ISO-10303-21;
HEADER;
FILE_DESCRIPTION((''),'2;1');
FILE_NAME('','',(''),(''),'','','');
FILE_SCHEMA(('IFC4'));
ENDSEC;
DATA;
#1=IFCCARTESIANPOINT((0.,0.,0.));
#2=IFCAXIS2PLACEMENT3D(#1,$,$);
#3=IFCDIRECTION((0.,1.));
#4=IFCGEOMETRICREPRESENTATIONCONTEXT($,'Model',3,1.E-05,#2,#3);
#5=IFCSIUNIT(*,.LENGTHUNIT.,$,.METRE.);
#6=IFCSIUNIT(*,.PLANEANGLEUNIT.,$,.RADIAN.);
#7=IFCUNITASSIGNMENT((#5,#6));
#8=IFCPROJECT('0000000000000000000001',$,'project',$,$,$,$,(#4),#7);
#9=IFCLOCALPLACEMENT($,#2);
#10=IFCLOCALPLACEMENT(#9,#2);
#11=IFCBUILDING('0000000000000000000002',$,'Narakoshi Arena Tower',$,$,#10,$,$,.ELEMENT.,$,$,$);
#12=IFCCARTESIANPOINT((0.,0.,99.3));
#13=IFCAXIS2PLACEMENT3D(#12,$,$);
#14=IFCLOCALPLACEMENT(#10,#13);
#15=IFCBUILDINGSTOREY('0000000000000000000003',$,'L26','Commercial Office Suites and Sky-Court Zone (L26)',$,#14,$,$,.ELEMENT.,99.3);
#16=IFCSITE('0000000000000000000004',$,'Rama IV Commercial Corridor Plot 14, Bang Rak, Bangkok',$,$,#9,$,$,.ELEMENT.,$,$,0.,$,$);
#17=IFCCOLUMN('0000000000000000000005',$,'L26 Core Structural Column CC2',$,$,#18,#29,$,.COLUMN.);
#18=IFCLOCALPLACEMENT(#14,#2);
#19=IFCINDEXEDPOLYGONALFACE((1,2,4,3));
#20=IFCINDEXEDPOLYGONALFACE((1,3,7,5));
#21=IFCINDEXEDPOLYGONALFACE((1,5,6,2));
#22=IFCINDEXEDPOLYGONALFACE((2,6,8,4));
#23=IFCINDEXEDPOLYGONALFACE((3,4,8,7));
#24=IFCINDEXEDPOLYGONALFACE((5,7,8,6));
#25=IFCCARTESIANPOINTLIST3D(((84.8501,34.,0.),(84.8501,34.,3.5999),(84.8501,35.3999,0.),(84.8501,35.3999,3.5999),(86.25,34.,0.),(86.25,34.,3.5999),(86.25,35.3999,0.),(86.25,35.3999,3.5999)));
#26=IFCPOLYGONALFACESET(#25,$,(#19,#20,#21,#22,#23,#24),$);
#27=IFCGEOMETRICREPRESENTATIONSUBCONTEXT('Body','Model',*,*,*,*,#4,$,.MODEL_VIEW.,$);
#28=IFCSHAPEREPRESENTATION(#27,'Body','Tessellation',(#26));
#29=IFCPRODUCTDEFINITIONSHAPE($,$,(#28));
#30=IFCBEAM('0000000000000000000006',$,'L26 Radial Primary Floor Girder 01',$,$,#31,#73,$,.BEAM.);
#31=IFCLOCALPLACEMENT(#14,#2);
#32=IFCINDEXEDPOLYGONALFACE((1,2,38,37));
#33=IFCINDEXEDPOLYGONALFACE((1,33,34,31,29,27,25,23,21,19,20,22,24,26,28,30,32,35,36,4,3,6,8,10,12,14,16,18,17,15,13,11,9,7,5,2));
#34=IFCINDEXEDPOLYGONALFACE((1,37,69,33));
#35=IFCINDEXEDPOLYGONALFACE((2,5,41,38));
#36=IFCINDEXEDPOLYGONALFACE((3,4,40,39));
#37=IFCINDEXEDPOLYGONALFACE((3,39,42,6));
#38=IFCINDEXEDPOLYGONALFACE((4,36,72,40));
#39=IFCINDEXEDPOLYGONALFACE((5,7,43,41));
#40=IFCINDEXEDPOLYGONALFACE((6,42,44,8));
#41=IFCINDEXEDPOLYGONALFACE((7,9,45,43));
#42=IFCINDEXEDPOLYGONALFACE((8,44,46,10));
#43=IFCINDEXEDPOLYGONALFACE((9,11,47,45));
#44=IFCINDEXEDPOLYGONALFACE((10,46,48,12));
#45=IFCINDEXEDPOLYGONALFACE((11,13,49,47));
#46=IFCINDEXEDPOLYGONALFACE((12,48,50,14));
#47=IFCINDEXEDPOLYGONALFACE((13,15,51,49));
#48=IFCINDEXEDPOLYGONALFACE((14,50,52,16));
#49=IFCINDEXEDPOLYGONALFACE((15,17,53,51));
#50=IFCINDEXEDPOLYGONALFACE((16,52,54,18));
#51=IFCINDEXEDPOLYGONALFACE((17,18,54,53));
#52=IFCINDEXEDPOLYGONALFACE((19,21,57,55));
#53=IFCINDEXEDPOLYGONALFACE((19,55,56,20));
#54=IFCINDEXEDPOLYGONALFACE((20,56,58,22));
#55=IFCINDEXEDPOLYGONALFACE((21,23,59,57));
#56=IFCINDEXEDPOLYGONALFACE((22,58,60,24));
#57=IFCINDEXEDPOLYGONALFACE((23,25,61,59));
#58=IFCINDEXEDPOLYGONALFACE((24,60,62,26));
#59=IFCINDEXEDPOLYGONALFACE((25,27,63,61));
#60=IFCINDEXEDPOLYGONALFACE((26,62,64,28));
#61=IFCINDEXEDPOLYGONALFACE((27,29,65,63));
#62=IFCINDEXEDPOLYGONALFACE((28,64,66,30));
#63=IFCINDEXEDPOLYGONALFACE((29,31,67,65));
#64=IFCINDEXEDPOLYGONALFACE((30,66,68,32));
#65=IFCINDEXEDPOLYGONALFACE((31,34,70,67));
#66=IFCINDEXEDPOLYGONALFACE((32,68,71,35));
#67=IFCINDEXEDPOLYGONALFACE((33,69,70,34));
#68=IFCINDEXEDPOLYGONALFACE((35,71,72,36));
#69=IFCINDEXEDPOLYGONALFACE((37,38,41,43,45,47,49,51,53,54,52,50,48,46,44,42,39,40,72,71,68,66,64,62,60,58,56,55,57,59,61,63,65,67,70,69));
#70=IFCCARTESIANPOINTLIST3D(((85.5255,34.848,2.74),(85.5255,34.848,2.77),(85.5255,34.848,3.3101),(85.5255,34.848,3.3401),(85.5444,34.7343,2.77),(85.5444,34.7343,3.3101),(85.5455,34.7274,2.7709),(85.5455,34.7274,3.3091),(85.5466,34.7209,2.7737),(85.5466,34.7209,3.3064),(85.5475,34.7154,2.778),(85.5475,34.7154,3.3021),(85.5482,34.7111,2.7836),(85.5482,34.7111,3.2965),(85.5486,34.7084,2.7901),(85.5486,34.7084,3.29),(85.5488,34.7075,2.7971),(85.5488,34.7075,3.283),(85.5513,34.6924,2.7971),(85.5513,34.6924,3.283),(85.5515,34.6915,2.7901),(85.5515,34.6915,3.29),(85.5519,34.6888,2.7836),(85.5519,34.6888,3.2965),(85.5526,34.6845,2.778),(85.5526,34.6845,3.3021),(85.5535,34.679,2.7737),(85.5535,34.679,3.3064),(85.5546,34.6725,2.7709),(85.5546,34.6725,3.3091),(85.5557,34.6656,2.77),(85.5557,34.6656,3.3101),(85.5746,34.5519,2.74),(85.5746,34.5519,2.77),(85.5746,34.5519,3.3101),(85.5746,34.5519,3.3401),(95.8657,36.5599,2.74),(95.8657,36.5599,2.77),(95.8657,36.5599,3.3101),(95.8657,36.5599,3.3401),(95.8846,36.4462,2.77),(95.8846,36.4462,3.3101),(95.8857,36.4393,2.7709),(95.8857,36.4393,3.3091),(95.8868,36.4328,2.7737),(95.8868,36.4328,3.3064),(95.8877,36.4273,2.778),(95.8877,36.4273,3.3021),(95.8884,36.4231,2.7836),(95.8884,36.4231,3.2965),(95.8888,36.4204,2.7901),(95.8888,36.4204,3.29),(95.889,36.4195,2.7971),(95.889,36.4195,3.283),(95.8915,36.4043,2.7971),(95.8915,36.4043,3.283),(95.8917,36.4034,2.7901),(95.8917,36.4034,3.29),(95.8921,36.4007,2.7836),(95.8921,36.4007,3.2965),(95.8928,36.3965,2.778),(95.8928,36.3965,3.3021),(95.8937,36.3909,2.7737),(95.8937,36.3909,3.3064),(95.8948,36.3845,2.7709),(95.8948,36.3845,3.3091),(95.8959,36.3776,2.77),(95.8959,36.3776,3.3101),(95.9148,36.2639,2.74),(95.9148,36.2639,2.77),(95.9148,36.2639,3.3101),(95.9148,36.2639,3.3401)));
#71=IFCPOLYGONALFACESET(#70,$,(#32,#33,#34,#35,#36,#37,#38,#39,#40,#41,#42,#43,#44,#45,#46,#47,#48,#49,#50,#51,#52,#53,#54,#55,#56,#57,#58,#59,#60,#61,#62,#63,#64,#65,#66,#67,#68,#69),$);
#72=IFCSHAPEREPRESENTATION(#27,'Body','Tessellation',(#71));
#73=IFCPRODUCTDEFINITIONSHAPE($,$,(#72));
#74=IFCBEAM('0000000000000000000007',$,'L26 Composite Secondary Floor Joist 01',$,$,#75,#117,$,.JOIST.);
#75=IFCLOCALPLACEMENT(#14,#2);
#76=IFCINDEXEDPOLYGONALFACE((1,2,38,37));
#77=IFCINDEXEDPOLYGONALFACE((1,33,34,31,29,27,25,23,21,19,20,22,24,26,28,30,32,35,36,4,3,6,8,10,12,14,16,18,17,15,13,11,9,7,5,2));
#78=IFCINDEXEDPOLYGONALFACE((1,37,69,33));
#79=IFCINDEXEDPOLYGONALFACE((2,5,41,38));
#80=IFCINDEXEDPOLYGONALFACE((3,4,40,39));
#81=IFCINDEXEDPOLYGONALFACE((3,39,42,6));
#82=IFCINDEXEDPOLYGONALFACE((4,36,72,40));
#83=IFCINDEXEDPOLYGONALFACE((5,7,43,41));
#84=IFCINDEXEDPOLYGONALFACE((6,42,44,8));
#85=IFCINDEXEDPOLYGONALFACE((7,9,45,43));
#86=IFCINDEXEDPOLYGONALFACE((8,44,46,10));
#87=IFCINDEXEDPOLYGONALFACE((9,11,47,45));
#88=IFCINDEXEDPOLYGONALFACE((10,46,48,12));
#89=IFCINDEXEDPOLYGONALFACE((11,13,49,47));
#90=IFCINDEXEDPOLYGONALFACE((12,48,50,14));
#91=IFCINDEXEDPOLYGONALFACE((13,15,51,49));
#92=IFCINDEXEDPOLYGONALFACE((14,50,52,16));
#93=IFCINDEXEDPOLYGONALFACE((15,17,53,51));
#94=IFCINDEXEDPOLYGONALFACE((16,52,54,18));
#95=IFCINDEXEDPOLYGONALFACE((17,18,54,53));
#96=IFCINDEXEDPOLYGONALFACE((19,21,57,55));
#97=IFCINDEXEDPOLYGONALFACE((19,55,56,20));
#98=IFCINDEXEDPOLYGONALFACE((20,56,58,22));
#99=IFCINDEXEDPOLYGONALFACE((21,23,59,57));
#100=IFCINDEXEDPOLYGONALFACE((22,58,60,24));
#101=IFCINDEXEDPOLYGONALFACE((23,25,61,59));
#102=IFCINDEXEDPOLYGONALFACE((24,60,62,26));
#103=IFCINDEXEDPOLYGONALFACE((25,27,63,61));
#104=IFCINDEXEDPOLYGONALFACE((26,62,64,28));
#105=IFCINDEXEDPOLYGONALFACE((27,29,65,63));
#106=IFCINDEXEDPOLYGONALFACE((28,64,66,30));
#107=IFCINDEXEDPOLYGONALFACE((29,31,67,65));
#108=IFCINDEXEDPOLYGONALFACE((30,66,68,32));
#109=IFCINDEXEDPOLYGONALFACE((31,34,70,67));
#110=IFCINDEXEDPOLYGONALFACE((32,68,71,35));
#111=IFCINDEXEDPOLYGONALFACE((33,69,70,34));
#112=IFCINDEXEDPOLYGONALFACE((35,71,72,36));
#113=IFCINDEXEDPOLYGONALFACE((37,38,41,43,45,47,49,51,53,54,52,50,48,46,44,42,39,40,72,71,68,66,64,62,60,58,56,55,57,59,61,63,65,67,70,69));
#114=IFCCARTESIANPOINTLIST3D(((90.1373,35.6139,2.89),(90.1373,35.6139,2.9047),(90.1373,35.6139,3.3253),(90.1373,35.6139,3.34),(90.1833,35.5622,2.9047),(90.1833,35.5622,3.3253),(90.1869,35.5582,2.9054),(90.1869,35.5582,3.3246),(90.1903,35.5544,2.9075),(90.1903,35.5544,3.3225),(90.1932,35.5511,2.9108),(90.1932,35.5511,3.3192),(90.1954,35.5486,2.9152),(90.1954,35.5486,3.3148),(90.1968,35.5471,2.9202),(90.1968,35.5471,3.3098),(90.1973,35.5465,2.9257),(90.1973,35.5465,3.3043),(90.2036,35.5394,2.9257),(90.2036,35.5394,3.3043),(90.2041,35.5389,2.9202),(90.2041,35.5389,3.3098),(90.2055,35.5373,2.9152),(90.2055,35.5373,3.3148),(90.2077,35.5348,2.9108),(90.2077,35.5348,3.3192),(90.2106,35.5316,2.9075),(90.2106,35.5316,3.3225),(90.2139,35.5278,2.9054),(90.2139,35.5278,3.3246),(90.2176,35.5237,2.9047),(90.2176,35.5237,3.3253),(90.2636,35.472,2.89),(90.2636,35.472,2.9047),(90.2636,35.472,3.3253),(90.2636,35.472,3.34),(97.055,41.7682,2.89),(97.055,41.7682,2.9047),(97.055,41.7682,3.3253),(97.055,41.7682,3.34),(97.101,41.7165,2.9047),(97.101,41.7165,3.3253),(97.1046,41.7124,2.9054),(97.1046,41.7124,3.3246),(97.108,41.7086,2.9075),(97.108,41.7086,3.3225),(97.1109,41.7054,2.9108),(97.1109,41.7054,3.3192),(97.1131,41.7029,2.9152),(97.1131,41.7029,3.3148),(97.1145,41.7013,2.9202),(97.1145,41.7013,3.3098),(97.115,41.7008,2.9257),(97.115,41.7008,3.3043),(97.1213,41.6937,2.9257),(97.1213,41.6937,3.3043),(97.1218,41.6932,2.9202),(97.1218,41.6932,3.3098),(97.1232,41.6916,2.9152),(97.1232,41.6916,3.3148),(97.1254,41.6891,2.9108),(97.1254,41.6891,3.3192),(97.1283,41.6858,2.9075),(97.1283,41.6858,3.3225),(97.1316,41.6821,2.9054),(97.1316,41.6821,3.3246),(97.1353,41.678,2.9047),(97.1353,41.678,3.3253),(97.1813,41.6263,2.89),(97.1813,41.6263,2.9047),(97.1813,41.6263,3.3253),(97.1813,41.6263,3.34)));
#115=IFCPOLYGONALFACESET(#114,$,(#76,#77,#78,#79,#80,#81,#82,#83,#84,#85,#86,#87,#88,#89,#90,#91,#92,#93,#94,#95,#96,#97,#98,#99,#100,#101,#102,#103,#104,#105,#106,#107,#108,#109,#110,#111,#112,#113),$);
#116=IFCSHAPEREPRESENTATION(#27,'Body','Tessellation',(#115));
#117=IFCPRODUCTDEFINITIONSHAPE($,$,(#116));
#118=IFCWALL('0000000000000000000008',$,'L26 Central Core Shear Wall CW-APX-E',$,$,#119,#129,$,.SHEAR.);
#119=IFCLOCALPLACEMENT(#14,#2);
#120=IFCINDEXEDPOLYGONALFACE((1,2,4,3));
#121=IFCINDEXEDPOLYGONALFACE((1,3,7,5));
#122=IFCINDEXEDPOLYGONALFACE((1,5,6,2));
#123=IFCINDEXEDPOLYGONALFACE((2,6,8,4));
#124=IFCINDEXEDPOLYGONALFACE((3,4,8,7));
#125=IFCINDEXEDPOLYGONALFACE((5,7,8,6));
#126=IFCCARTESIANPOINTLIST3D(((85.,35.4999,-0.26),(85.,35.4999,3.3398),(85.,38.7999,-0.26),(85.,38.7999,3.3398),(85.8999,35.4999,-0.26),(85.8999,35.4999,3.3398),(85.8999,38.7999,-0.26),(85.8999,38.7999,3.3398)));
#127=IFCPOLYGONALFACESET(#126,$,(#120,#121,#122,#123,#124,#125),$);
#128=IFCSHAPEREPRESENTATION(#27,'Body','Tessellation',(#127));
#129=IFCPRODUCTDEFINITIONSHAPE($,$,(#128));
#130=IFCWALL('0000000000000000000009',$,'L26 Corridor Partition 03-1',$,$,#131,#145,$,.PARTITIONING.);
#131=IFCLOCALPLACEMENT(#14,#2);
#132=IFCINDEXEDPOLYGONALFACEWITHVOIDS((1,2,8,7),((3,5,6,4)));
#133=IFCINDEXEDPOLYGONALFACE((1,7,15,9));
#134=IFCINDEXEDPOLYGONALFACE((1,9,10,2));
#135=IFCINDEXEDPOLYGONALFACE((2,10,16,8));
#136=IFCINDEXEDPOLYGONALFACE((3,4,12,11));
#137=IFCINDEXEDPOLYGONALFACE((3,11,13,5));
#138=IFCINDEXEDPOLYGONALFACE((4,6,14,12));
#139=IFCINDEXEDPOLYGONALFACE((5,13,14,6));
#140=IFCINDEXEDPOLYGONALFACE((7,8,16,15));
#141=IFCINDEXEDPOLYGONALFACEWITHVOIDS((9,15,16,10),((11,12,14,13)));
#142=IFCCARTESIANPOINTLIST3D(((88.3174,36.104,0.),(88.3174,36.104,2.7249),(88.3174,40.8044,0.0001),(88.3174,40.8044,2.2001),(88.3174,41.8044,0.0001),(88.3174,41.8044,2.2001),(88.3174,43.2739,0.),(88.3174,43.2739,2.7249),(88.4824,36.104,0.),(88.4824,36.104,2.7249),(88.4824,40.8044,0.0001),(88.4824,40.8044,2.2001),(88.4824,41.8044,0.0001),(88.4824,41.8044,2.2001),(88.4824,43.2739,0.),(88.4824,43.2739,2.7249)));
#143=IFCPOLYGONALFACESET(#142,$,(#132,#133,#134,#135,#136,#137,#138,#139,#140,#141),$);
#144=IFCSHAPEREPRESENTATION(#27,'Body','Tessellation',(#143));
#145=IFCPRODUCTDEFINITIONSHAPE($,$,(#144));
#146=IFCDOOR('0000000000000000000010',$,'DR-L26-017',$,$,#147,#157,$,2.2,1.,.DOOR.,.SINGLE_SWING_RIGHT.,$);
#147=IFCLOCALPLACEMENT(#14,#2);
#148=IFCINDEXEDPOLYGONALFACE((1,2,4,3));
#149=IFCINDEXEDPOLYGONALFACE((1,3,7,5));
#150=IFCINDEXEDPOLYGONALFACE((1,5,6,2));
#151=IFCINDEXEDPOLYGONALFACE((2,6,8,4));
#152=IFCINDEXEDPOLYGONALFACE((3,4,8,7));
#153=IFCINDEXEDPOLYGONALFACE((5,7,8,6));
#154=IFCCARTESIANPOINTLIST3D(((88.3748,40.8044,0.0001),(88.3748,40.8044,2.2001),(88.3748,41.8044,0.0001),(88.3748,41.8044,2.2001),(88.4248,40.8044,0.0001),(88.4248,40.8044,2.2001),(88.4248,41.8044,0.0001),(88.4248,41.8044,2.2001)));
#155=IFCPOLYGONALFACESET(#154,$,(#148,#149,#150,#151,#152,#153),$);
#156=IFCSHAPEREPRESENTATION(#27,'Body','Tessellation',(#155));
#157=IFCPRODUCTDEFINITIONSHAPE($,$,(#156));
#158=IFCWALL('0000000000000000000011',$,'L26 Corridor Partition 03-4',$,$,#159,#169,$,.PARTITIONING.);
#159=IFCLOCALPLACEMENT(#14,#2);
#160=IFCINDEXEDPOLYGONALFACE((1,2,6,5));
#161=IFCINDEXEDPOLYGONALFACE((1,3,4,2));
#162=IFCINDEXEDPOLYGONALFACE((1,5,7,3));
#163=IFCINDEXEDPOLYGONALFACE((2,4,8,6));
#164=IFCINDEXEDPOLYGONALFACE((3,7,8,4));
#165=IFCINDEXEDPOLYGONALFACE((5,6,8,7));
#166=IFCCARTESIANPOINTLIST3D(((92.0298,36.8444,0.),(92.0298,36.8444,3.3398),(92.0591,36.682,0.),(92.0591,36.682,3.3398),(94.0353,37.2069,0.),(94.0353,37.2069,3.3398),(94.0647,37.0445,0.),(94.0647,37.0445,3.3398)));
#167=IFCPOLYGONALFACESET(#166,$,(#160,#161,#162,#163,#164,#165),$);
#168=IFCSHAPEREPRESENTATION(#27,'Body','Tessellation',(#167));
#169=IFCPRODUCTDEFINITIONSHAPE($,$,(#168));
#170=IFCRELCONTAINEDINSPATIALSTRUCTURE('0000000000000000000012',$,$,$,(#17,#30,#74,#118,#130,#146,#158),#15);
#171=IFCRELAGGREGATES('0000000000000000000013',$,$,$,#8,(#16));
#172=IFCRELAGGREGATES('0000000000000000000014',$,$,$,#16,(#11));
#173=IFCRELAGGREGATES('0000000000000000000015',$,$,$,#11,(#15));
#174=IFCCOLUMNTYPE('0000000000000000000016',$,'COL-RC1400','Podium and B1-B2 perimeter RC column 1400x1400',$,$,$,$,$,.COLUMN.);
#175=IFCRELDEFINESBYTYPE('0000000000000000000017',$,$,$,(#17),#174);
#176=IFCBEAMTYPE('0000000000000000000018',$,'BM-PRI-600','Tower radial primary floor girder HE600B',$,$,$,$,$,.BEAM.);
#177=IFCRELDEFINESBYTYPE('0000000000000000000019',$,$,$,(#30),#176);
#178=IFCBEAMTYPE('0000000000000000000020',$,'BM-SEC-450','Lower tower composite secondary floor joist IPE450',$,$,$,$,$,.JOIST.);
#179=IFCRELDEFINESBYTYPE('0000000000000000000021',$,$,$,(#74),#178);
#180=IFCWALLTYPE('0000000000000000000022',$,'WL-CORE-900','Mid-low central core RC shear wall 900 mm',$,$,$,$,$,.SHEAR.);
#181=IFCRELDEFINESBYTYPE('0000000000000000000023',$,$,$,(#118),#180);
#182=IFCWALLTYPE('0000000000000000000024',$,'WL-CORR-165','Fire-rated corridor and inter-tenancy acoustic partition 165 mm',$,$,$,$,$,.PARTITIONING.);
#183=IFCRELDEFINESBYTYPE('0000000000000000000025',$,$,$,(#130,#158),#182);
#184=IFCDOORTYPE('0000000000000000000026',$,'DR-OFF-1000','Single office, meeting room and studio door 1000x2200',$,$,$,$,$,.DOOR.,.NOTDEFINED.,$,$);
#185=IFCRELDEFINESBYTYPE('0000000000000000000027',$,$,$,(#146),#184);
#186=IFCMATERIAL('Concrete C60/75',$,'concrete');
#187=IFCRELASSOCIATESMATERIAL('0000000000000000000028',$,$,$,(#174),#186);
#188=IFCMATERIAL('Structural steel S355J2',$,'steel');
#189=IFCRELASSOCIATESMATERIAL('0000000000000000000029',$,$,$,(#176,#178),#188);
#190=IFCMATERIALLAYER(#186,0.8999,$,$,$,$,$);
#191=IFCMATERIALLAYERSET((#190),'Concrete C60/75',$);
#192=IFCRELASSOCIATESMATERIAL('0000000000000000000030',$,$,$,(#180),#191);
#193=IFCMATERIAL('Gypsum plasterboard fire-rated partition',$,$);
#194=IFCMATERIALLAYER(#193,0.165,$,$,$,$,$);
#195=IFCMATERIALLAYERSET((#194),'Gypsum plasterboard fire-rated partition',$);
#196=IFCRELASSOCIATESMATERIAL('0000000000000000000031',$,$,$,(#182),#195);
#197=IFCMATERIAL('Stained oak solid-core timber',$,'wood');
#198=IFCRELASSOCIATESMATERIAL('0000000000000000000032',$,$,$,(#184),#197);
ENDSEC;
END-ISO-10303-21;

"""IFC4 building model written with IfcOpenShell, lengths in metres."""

from ifc_helpers import new_model, si_unit, direction, frame, frame_2d, origin, origin_2d, place, context, subcontext, project, spatial, rectangle, i_section, extrude, material, layer, layer_set, material_profile, profile_set, type_object, element, fill, save


model = new_model("IFC4")

# Units and contexts
model_context = context("Model", 3, precision=1e-05, world=origin(), true_north=direction((0.0, 1.0)))
body_context = subcontext(model_context, "Body", "Model", "MODEL_VIEW")
ifc_project = project(units=[si_unit("LENGTHUNIT", "METRE"), si_unit("PLANEANGLEUNIT", "RADIAN")], contexts=[model_context])

# Site, building, storey
site_placement = place(None, origin())
site = spatial("IfcSite", under=ifc_project, at=site_placement, Name="Rama IV Commercial Corridor Plot 14, Bang Rak, Bangkok", CompositionType="ELEMENT", RefElevation=0.0)
building_placement = place(site_placement, origin())
building = spatial("IfcBuilding", under=site, at=building_placement, Name="Narakoshi Arena Tower", CompositionType="ELEMENT")
storey_placement = place(building_placement, frame((0.0, 0.0, 99.3)))
storey = spatial("IfcBuildingStorey", under=building, at=storey_placement, Name="L26", Description="Commercial Office Suites and Sky-Court Zone (L26)", CompositionType="ELEMENT", Elevation=99.3)

# Column
ifc_material_1 = material(Name="Concrete C60/75", Category="concrete")
ifc_material_profile_1 = material_profile(ifc_material_1, rectangle(XDim=1.3999, YDim=1.3999, at=origin_2d()), Name="RC1400x1400")
ifc_profile_set_1 = profile_set([ifc_material_profile_1], Name="Concrete C60/75")
column_type = type_object("IfcColumnType", Name="COL-RC1400", Description="Podium and B1-B2 perimeter RC column 1400x1400", PredefinedType="COLUMN", material=ifc_profile_set_1)
column_placement = place(storey_placement, frame((85.55, 34.7, 0.0), z_axis=(0.0, 0.0, 1.0), x_axis=(1.0, 0.0, 0.0)))
element("IfcColumn", 1, at=column_placement, inside=storey, type_object=column_type, Name="L26 Core Structural Column CC2", PredefinedType="COLUMN", context=body_context, shape_type="SweptSolid", body=[
    extrude(rectangle(XDim=1.3999, YDim=1.3999, at=origin_2d()), origin(), (0.0, 0.0, 1.0), 3.5999),
])

# Beams
ifc_material_2 = material(Name="Structural steel S355J2", Category="steel")
ifc_material_profile_2 = material_profile(ifc_material_2, i_section(OverallWidth=0.3, OverallDepth=0.6001, WebThickness=0.0154, FlangeThickness=0.03, FilletRadius=0.0271, at=origin_2d()), Name="HE600B")
ifc_profile_set_2 = profile_set([ifc_material_profile_2], Name="Structural steel S355J2")
beam_type_1 = type_object("IfcBeamType", Name="BM-PRI-600", Description="Tower radial primary floor girder HE600B", PredefinedType="BEAM", material=ifc_profile_set_2)
beam_1_placement = place(storey_placement, frame((85.55, 34.7, 3.04), z_axis=(0.98657, 0.163337, 0.0), x_axis=(-0.163337, 0.98657, 0.0)))
element("IfcBeam", 2, at=beam_1_placement, inside=storey, type_object=beam_type_1, Name="L26 Radial Primary Floor Girder 01", PredefinedType="BEAM", context=body_context, shape_type="SweptSolid", body=[
    extrude(i_section(OverallWidth=0.3, OverallDepth=0.6001, WebThickness=0.0154, FlangeThickness=0.03, FilletRadius=0.0271, at=origin_2d()), origin(), (0.0, 0.0, 1.0), 10.481),
])
ifc_material_profile_3 = material_profile(ifc_material_2, i_section(OverallWidth=0.1899, OverallDepth=0.45, WebThickness=0.0095, FlangeThickness=0.0146, FilletRadius=0.021, at=origin_2d()), Name="IPE450")
ifc_profile_set_3 = profile_set([ifc_material_profile_3], Name="Structural steel S355J2")
beam_type_2 = type_object("IfcBeamType", Name="BM-SEC-450", Description="Lower tower composite secondary floor joist IPE450", PredefinedType="JOIST", material=ifc_profile_set_3)
beam_2_placement = place(storey_placement, frame((90.2004, 35.543, 3.115), z_axis=(0.74713, 0.664678, 0.0), x_axis=(-0.664678, 0.74713, 0.0)))
element("IfcBeam", 3, at=beam_2_placement, inside=storey, type_object=beam_type_2, Name="L26 Composite Secondary Floor Joist 01", PredefinedType="JOIST", context=body_context, shape_type="SweptSolid", body=[
    extrude(i_section(OverallWidth=0.1899, OverallDepth=0.45, WebThickness=0.0095, FlangeThickness=0.0146, FilletRadius=0.021, at=origin_2d()), origin(), (0.0, 0.0, 1.0), 9.259),
])

# Wall
ifc_layer_1 = layer(ifc_material_1, 0.8999)
ifc_layer_set_1 = layer_set([ifc_layer_1], Name="Concrete C60/75")
wall_type_1 = type_object("IfcWallType", Name="WL-CORE-900", Description="Mid-low central core RC shear wall 900 mm", PredefinedType="SHEAR", material=ifc_layer_set_1)
wall_1_placement = place(storey_placement, frame((85.45, 35.5, -0.26), z_axis=(0.0, 0.0, 1.0), x_axis=(0.0, 1.0, 0.0)))
element("IfcWall", 4, at=wall_1_placement, inside=storey, type_object=wall_type_1, Name="L26 Central Core Shear Wall CW-APX-E", PredefinedType="SHEAR", context=body_context, shape_type="SweptSolid", body=[
    extrude(rectangle(XDim=3.3, YDim=0.8999, at=frame_2d((1.6499, 0.0))), origin(), (0.0, 0.0, 1.0), 3.5999),
])

# Wall, opening, door
ifc_material_3 = material(Name="Gypsum plasterboard fire-rated partition")
ifc_layer_2 = layer(ifc_material_3, 0.165)
ifc_layer_set_2 = layer_set([ifc_layer_2], Name="Gypsum plasterboard fire-rated partition")
wall_type_2 = type_object("IfcWallType", Name="WL-CORR-165", Description="Fire-rated corridor and inter-tenancy acoustic partition 165 mm", PredefinedType="PARTITIONING", material=ifc_layer_set_2)
wall_2_placement = place(storey_placement, frame((88.3999, 36.104, 0.0), z_axis=(0.0, 0.0, 1.0), x_axis=(0.0, 1.0, 0.0)))
wall_2 = element("IfcWall", 5, at=wall_2_placement, inside=storey, type_object=wall_type_2, Name="L26 Corridor Partition 03-1", PredefinedType="PARTITIONING", context=body_context, shape_type="SweptSolid", body=[
    extrude(rectangle(XDim=7.1699, YDim=0.165, at=frame_2d((3.585, 0.0))), origin(), (0.0, 0.0, 1.0), 2.7249),
])
opening_1_placement = place(wall_2_placement, frame((4.7004, 0.0, 0.0)))
opening_1 = element("IfcOpeningElement", 6, at=opening_1_placement, cuts=wall_2, PredefinedType="OPENING", context=body_context, shape_type="SweptSolid", body=[
    extrude(rectangle(XDim=1.0, YDim=2.2, at=frame_2d((0.5, 1.1001))), frame((0.0, 0.0925, 0.0), z_axis=(0.0, -1.0, 0.0), x_axis=(1.0, 0.0, 0.0)), (0.0, 0.0, 1.0), 0.1851),
])
ifc_material_4 = material(Name="Stained oak solid-core timber", Category="wood")
door_type_1 = type_object("IfcDoorType", Name="DR-OFF-1000", Description="Single office, meeting room and studio door 1000x2200", OperationType="NOTDEFINED", PredefinedType="DOOR", material=ifc_material_4)
door_1_placement = place(opening_1_placement, frame((1.0, 0.0, 0.0), z_axis=(0.0, 0.0, 1.0), x_axis=(-1.0, 0.0, 0.0)))
door_1 = element("IfcDoor", 7, at=door_1_placement, inside=storey, type_object=door_type_1, Name="DR-L26-017", OperationType="SINGLE_SWING_RIGHT", OverallHeight=2.2, OverallWidth=1.0, PredefinedType="DOOR", context=body_context, shape_type="SweptSolid", body=[
    extrude(rectangle(XDim=1.0, YDim=2.2, at=frame_2d((0.5, 1.1001))), frame((0.0, 0.0249, 0.0), z_axis=(0.0, -1.0, 0.0), x_axis=(1.0, 0.0, 0.0)), (0.0, 0.0, 1.0), 0.05),
])
fill(opening_1, door_1)

# Wall
wall_3_placement = place(storey_placement, frame((92.0444, 36.7632, 0.0), z_axis=(0.0, 0.0, 1.0), x_axis=(0.984051, 0.177884, 0.0)))
element("IfcWall", 8, at=wall_3_placement, inside=storey, type_object=wall_type_2, Name="L26 Corridor Partition 03-4", PredefinedType="PARTITIONING", context=body_context, shape_type="SweptSolid", body=[
    extrude(rectangle(XDim=2.0381, YDim=0.165, at=frame_2d((1.019, 0.0))), origin(), (0.0, 0.0, 1.0), 3.3398),
])

save(model, "model.ifc")
